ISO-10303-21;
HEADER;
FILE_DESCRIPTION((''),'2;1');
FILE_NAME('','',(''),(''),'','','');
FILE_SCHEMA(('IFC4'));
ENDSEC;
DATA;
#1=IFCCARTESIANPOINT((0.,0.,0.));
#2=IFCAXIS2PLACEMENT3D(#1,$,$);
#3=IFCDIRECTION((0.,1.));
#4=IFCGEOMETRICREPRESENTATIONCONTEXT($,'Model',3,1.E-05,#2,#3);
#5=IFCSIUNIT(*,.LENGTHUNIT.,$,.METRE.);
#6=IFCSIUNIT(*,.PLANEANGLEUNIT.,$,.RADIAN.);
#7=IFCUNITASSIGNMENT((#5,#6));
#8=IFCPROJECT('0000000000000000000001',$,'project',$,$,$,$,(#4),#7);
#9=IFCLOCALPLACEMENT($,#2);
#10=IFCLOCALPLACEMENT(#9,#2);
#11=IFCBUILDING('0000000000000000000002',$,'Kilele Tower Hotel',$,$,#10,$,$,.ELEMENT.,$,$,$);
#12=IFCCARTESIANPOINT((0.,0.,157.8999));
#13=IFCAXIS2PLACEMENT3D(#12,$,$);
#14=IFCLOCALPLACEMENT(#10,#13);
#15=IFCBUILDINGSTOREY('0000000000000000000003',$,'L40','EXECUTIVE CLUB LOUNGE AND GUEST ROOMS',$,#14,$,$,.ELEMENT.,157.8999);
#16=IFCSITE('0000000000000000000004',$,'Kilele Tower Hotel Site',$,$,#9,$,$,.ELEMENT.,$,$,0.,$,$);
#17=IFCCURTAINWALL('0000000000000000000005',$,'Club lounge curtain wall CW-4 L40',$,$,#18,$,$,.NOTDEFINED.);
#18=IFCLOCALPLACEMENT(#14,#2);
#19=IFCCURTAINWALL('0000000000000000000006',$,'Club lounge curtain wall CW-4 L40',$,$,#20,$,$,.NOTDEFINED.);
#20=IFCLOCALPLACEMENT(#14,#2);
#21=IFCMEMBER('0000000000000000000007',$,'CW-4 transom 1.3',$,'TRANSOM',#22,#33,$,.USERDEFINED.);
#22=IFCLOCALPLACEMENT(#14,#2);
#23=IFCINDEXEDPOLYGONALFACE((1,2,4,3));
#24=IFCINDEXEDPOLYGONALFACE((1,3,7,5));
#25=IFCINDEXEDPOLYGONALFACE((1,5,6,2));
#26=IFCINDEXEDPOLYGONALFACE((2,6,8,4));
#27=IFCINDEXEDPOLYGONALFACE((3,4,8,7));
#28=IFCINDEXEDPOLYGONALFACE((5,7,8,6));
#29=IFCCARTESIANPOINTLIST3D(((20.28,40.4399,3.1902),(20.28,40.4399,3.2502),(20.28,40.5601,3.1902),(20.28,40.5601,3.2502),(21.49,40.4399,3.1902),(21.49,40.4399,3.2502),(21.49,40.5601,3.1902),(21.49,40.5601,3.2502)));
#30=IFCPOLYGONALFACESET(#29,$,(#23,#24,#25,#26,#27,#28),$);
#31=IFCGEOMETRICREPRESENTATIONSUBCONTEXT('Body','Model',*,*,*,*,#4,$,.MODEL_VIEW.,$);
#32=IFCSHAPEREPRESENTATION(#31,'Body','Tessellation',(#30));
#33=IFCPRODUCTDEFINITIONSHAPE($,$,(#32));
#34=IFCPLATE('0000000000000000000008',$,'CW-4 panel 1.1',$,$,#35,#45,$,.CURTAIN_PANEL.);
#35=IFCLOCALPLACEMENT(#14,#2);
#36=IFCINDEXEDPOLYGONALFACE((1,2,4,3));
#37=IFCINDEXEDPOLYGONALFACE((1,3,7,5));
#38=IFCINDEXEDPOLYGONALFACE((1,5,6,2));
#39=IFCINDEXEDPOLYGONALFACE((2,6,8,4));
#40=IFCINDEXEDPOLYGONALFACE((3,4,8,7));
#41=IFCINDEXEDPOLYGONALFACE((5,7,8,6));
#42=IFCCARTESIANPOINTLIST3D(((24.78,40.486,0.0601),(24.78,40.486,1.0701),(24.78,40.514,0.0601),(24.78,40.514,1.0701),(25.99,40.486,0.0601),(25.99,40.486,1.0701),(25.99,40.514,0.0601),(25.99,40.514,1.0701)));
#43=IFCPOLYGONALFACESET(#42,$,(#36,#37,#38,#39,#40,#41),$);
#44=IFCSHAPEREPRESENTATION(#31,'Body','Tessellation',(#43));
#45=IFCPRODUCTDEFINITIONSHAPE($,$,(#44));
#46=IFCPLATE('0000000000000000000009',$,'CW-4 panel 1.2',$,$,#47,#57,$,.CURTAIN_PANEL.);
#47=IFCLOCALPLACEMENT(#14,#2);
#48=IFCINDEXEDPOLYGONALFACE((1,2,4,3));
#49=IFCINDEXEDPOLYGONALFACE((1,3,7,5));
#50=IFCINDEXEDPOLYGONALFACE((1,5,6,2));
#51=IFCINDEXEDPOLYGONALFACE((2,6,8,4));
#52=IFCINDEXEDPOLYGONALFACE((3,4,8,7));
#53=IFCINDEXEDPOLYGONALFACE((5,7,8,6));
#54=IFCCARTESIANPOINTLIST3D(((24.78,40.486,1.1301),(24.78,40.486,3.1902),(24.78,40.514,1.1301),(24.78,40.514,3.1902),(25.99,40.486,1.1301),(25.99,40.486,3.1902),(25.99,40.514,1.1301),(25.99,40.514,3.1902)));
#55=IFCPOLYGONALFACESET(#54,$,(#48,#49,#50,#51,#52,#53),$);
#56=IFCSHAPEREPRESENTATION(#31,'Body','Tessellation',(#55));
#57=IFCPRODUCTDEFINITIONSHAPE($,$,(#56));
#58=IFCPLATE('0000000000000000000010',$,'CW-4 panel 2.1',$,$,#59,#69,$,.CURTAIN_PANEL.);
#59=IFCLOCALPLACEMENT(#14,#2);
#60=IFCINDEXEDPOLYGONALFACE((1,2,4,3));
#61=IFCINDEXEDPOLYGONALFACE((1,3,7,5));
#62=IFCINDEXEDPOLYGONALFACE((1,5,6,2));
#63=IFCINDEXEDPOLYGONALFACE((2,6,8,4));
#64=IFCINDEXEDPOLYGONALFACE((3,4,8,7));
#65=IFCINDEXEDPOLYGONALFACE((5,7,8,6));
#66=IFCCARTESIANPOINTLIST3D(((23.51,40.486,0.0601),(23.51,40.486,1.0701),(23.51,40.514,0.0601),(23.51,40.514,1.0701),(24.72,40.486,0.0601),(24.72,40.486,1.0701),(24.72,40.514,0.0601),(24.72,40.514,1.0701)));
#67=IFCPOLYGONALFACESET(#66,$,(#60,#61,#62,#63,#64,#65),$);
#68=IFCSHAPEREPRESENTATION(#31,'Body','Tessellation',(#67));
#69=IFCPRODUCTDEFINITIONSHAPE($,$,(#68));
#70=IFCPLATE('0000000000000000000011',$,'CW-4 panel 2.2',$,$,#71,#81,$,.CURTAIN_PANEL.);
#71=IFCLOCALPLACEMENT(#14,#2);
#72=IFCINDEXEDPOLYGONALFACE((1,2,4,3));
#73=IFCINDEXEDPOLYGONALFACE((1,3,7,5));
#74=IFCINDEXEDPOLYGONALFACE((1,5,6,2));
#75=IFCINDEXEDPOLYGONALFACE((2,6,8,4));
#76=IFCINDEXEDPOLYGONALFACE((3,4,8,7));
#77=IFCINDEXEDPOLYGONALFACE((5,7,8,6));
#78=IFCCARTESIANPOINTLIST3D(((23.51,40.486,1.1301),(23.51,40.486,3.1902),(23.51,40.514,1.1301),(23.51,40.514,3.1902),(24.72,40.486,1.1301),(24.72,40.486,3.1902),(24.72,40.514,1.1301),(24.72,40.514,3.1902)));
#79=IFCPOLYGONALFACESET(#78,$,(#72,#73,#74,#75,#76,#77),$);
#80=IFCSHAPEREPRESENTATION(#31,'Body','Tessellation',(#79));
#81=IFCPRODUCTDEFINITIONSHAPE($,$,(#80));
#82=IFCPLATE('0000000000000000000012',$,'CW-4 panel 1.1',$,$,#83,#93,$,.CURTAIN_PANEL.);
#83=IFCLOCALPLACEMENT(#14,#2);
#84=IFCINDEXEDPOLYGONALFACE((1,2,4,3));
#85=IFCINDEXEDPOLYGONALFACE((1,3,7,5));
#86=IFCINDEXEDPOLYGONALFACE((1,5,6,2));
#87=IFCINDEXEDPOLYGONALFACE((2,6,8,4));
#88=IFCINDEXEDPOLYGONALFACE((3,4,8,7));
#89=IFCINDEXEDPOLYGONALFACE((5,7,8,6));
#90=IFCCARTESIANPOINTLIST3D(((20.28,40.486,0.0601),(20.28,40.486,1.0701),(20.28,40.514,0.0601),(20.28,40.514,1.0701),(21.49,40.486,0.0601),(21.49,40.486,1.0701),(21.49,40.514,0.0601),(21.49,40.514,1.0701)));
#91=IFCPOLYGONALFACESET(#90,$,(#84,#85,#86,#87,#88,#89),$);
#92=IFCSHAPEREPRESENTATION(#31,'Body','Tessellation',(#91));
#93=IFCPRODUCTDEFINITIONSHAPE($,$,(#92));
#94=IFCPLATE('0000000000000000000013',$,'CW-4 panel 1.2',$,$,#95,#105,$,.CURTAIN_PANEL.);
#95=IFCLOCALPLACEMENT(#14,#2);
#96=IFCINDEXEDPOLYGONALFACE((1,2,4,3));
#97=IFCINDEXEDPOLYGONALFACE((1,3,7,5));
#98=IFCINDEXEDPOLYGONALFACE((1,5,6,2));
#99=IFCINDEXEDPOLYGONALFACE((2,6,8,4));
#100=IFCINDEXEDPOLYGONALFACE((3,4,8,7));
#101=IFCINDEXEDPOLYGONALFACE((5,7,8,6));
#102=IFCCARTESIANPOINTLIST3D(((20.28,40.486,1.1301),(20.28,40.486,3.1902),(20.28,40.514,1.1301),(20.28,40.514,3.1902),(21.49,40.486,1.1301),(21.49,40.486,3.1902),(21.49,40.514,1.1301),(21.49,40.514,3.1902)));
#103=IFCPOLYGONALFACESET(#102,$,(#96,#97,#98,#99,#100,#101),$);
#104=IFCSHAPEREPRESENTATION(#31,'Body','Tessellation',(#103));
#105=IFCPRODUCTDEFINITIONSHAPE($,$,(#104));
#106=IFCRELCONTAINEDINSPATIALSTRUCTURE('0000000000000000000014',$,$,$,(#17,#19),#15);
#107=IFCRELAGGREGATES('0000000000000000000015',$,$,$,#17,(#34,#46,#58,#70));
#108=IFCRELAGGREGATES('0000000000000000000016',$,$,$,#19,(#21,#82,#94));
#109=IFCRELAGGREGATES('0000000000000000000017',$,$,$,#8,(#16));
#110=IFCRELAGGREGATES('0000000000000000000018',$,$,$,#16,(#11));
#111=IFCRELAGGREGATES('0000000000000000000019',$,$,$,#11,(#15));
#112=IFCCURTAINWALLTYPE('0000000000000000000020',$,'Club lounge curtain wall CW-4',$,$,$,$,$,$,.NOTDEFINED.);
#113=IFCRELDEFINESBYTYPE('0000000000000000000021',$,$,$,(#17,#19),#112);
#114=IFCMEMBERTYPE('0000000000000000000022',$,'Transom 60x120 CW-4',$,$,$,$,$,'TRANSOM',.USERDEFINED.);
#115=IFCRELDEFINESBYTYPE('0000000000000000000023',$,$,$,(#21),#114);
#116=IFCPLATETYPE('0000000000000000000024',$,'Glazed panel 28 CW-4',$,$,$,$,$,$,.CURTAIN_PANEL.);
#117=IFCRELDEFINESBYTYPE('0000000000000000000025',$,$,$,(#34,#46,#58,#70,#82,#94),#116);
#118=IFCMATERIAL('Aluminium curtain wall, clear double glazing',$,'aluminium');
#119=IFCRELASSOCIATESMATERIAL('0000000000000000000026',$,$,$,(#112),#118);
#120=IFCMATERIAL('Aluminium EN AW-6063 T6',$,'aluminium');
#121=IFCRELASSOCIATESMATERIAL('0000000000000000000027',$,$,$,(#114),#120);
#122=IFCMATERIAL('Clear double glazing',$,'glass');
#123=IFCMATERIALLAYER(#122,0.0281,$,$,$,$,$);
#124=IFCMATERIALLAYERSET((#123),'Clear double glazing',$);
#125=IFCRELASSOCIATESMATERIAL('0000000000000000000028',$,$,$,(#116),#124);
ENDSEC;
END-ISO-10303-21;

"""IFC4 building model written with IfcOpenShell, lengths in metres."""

from ifc_helpers import new_model, si_unit, direction, frame, origin, origin_2d, place, context, subcontext, project, spatial, rectangle, extrude, material, layer, layer_set, material_profile, profile_set, type_object, element, aggregate, save


model = new_model("IFC4")

# Units and contexts
model_context = context("Model", 3, precision=1e-05, world=origin(), true_north=direction((0.0, 1.0)))
body_context = subcontext(model_context, "Body", "Model", "MODEL_VIEW")
ifc_project = project(units=[si_unit("LENGTHUNIT", "METRE"), si_unit("PLANEANGLEUNIT", "RADIAN")], contexts=[model_context])

# Site, building, storey
site_placement = place(None, origin())
site = spatial("IfcSite", under=ifc_project, at=site_placement, Name="Kilele Tower Hotel Site", CompositionType="ELEMENT", RefElevation=0.0)
building_placement = place(site_placement, origin())
building = spatial("IfcBuilding", under=site, at=building_placement, Name="Kilele Tower Hotel", CompositionType="ELEMENT")
storey_placement = place(building_placement, frame((0.0, 0.0, 157.8999)))
storey = spatial("IfcBuildingStorey", under=building, at=storey_placement, Name="L40", Description="EXECUTIVE CLUB LOUNGE AND GUEST ROOMS", CompositionType="ELEMENT", Elevation=157.8999)

# Curtain wall
ifc_material_1 = material(Name="Aluminium curtain wall, clear double glazing", Category="aluminium")
curtain_wall_type = type_object("IfcCurtainWallType", Name="Club lounge curtain wall CW-4", PredefinedType="NOTDEFINED", material=ifc_material_1)
curtain_wall_1_placement = place(storey_placement, origin())
curtain_wall_1 = element("IfcCurtainWall", 1, at=curtain_wall_1_placement, inside=storey, type_object=curtain_wall_type, Name="Club lounge curtain wall CW-4 L40", PredefinedType="NOTDEFINED")

# Curtain wall
curtain_wall_2_placement = place(storey_placement, origin())
curtain_wall_2 = element("IfcCurtainWall", 2, at=curtain_wall_2_placement, inside=storey, type_object=curtain_wall_type, Name="Club lounge curtain wall CW-4 L40", PredefinedType="NOTDEFINED")

# Member
ifc_material_2 = material(Name="Aluminium EN AW-6063 T6", Category="aluminium")
ifc_material_profile_1 = material_profile(ifc_material_2, rectangle(XDim=0.1201, YDim=0.0601, at=origin_2d()))
ifc_profile_set_1 = profile_set([ifc_material_profile_1], Name="Aluminium EN AW-6063 T6")
member_type_1 = type_object("IfcMemberType", Name="Transom 60x120 CW-4", ElementType="TRANSOM", PredefinedType="USERDEFINED", material=ifc_profile_set_1)
member_1_placement = place(storey_placement, frame((21.49, 40.5, 3.2202), z_axis=(-1.0, 0.0, 0.0), x_axis=(0.0, -1.0, 0.0)))
member_1 = element("IfcMember", 3, at=member_1_placement, type_object=member_type_1, Name="CW-4 transom 1.3", ObjectType="TRANSOM", PredefinedType="USERDEFINED", context=body_context, shape_type="SweptSolid", body=[
    extrude(rectangle(XDim=0.1201, YDim=0.0601, at=origin_2d()), origin(), (0.0, 0.0, 1.0), 1.21),
])

# Plates
ifc_material_3 = material(Name="Clear double glazing", Category="glass")
ifc_layer = layer(ifc_material_3, 0.0281)
ifc_layer_set = layer_set([ifc_layer], Name="Clear double glazing")
plate_type = type_object("IfcPlateType", Name="Glazed panel 28 CW-4", PredefinedType="CURTAIN_PANEL", material=ifc_layer_set)
plate_1_placement = place(storey_placement, frame((25.385, 40.5, 0.0601), z_axis=(0.0, 0.0, 1.0), x_axis=(-1.0, 0.0, 0.0)))
plate_1 = element("IfcPlate", 4, at=plate_1_placement, type_object=plate_type, Name="CW-4 panel 1.1", PredefinedType="CURTAIN_PANEL", context=body_context, shape_type="SweptSolid", body=[
    extrude(rectangle(XDim=1.21, YDim=0.0281, at=origin_2d()), origin(), (0.0, 0.0, 1.0), 1.01),
])
plate_2_placement = place(storey_placement, frame((25.385, 40.5, 1.1301), z_axis=(0.0, 0.0, 1.0), x_axis=(-1.0, 0.0, 0.0)))
plate_2 = element("IfcPlate", 5, at=plate_2_placement, type_object=plate_type, Name="CW-4 panel 1.2", PredefinedType="CURTAIN_PANEL", context=body_context, shape_type="SweptSolid", body=[
    extrude(rectangle(XDim=1.21, YDim=0.0281, at=origin_2d()), origin(), (0.0, 0.0, 1.0), 2.0601),
])
plate_3_placement = place(storey_placement, frame((24.115, 40.5, 0.0601), z_axis=(0.0, 0.0, 1.0), x_axis=(-1.0, 0.0, 0.0)))
plate_3 = element("IfcPlate", 6, at=plate_3_placement, type_object=plate_type, Name="CW-4 panel 2.1", PredefinedType="CURTAIN_PANEL", context=body_context, shape_type="SweptSolid", body=[
    extrude(rectangle(XDim=1.21, YDim=0.0281, at=origin_2d()), origin(), (0.0, 0.0, 1.0), 1.01),
])
plate_4_placement = place(storey_placement, frame((24.115, 40.5, 1.1301), z_axis=(0.0, 0.0, 1.0), x_axis=(-1.0, 0.0, 0.0)))
plate_4 = element("IfcPlate", 7, at=plate_4_placement, type_object=plate_type, Name="CW-4 panel 2.2", PredefinedType="CURTAIN_PANEL", context=body_context, shape_type="SweptSolid", body=[
    extrude(rectangle(XDim=1.21, YDim=0.0281, at=origin_2d()), origin(), (0.0, 0.0, 1.0), 2.0601),
])
aggregate(curtain_wall_1, [plate_1, plate_2, plate_3, plate_4])
plate_5_placement = place(storey_placement, frame((20.885, 40.5, 0.0601), z_axis=(0.0, 0.0, 1.0), x_axis=(-1.0, 0.0, 0.0)))
plate_5 = element("IfcPlate", 8, at=plate_5_placement, type_object=plate_type, Name="CW-4 panel 1.1", PredefinedType="CURTAIN_PANEL", context=body_context, shape_type="SweptSolid", body=[
    extrude(rectangle(XDim=1.21, YDim=0.0281, at=origin_2d()), origin(), (0.0, 0.0, 1.0), 1.01),
])
plate_6_placement = place(storey_placement, frame((20.885, 40.5, 1.1301), z_axis=(0.0, 0.0, 1.0), x_axis=(-1.0, 0.0, 0.0)))
plate_6 = element("IfcPlate", 9, at=plate_6_placement, type_object=plate_type, Name="CW-4 panel 1.2", PredefinedType="CURTAIN_PANEL", context=body_context, shape_type="SweptSolid", body=[
    extrude(rectangle(XDim=1.21, YDim=0.0281, at=origin_2d()), origin(), (0.0, 0.0, 1.0), 2.0601),
])
aggregate(curtain_wall_2, [member_1, plate_5, plate_6])

save(model, "model.ifc")
